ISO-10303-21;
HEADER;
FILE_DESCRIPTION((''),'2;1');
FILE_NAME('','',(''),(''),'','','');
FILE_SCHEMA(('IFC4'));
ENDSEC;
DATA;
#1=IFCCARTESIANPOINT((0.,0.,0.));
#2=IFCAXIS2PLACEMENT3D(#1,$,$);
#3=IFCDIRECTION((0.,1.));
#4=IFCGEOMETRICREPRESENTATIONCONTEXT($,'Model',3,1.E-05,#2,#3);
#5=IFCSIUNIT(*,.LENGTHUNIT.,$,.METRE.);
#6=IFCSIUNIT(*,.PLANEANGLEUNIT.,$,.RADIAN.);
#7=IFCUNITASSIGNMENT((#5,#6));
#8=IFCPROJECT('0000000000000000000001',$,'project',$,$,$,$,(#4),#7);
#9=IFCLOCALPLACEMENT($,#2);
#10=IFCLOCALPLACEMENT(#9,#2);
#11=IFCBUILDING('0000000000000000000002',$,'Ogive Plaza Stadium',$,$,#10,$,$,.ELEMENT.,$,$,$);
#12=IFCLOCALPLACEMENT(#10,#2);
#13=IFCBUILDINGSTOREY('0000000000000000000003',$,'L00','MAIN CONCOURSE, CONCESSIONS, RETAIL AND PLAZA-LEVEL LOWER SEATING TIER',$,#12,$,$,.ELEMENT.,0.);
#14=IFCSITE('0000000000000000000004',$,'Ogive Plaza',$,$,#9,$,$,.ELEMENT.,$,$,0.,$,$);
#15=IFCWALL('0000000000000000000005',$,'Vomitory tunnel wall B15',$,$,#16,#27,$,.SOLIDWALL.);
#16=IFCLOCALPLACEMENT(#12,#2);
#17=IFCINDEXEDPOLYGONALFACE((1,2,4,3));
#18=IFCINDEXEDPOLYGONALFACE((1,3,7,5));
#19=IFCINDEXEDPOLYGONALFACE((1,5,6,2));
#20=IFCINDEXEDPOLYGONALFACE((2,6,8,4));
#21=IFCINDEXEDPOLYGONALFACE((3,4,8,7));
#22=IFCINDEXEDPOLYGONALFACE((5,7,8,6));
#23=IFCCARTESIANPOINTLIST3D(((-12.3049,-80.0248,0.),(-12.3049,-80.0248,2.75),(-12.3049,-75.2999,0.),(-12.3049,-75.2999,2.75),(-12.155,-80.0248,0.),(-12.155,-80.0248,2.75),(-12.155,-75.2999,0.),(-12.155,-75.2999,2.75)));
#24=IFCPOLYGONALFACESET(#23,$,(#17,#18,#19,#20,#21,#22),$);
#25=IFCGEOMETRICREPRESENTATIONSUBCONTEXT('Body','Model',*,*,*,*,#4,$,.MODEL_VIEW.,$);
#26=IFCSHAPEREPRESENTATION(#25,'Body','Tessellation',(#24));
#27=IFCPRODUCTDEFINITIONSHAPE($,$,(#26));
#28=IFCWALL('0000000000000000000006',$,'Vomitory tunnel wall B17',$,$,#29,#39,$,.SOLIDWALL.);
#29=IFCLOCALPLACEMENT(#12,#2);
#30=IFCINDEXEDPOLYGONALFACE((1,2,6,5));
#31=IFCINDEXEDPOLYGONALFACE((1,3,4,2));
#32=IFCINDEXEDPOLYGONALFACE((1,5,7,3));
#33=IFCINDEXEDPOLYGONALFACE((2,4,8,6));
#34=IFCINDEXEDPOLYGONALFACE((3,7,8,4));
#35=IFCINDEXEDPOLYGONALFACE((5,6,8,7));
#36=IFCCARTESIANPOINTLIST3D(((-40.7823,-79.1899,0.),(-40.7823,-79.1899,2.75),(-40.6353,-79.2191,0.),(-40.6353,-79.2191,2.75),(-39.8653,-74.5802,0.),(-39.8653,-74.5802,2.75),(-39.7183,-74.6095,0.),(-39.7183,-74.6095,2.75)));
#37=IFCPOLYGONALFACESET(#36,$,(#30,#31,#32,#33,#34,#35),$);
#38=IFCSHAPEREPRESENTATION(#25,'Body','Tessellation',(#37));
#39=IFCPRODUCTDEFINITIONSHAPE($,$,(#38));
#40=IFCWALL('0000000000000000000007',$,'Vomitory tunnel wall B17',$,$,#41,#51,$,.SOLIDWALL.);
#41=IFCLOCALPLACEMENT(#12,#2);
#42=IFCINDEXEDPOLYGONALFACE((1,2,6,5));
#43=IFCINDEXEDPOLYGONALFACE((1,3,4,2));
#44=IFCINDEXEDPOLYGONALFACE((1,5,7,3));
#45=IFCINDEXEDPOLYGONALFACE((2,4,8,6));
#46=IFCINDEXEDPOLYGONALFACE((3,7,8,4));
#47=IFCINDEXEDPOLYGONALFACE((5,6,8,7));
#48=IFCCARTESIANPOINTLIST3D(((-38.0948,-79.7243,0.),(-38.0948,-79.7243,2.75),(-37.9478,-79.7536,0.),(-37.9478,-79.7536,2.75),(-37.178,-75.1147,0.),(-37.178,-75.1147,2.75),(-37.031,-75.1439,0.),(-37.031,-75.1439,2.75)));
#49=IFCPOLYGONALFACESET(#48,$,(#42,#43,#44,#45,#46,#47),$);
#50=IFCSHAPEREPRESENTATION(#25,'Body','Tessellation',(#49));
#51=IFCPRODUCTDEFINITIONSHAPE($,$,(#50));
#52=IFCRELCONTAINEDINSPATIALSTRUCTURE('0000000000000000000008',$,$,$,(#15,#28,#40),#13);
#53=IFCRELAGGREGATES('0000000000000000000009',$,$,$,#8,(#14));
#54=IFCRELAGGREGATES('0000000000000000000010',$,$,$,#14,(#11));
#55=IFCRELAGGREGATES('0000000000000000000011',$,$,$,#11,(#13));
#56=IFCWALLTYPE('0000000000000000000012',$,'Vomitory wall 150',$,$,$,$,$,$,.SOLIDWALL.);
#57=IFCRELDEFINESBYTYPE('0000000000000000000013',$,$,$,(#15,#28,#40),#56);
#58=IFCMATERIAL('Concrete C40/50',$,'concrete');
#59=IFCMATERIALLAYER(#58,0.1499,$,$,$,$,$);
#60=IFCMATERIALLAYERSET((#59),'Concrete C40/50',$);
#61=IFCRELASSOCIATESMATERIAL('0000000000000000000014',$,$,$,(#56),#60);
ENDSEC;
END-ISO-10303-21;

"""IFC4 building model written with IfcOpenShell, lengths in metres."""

from ifc_helpers import new_model, si_unit, direction, frame, frame_2d, origin, place, context, subcontext, project, spatial, rectangle, extrude, material, layer, layer_set, type_object, element, save


model = new_model("IFC4")

# Units and contexts
model_context = context("Model", 3, precision=1e-05, world=origin(), true_north=direction((0.0, 1.0)))
body_context = subcontext(model_context, "Body", "Model", "MODEL_VIEW")
ifc_project = project(units=[si_unit("LENGTHUNIT", "METRE"), si_unit("PLANEANGLEUNIT", "RADIAN")], contexts=[model_context])

# Site, building, storey
site_placement = place(None, origin())
site = spatial("IfcSite", under=ifc_project, at=site_placement, Name="Ogive Plaza", CompositionType="ELEMENT", RefElevation=0.0)
building_placement = place(site_placement, origin())
building = spatial("IfcBuilding", under=site, at=building_placement, Name="Ogive Plaza Stadium", CompositionType="ELEMENT")
storey_placement = place(building_placement, origin())
storey = spatial("IfcBuildingStorey", under=building, at=storey_placement, Name="L00", Description="MAIN CONCOURSE, CONCESSIONS, RETAIL AND PLAZA-LEVEL LOWER SEATING TIER", CompositionType="ELEMENT", Elevation=0.0)

# Walls
ifc_material_1 = material(Name="Concrete C40/50", Category="concrete")
ifc_layer_1 = layer(ifc_material_1, 0.1499)
ifc_layer_set_1 = layer_set([ifc_layer_1], Name="Concrete C40/50")
wall_type_1 = type_object("IfcWallType", Name="Vomitory wall 150", PredefinedType="SOLIDWALL", material=ifc_layer_set_1)
for number, where, z_axis, x_axis, name in (
    (1, (-12.23, -75.3, 0.0), (0.0, 0.0, 1.0), (0.0, -1.0, 0.0), "Vomitory tunnel wall B15"),
):
    element("IfcWall", number, at=place(storey_placement, frame(where, z_axis=z_axis, x_axis=x_axis)), inside=storey, type_object=wall_type_1, Name=name, PredefinedType="SOLIDWALL", context=body_context, shape_type="SweptSolid", body=[
        extrude(rectangle(XDim=4.7249, YDim=0.1499, at=frame_2d((2.3623, 0.0))), origin(), (0.0, 0.0, 1.0), 2.75),
    ])
for number, where, z_axis, x_axis, name in (
    (2, (-39.7917, -74.5947, 0.0), (0.0, 0.0, 1.0), (-0.195107, -0.980782, 0.0), "Vomitory tunnel wall B17"),
    (3, (-37.1045, -75.1292, 0.0), (0.0, 0.0, 1.0), (-0.195057, -0.980792, 0.0), "Vomitory tunnel wall B17"),
):
    element("IfcWall", number, at=place(storey_placement, frame(where, z_axis=z_axis, x_axis=x_axis)), inside=storey, type_object=wall_type_1, Name=name, PredefinedType="SOLIDWALL", context=body_context, shape_type="SweptSolid", body=[
        extrude(rectangle(XDim=4.7, YDim=0.1499, at=frame_2d((2.3501, 0.0))), origin(), (0.0, 0.0, 1.0), 2.75),
    ])

save(model, "model.ifc")
